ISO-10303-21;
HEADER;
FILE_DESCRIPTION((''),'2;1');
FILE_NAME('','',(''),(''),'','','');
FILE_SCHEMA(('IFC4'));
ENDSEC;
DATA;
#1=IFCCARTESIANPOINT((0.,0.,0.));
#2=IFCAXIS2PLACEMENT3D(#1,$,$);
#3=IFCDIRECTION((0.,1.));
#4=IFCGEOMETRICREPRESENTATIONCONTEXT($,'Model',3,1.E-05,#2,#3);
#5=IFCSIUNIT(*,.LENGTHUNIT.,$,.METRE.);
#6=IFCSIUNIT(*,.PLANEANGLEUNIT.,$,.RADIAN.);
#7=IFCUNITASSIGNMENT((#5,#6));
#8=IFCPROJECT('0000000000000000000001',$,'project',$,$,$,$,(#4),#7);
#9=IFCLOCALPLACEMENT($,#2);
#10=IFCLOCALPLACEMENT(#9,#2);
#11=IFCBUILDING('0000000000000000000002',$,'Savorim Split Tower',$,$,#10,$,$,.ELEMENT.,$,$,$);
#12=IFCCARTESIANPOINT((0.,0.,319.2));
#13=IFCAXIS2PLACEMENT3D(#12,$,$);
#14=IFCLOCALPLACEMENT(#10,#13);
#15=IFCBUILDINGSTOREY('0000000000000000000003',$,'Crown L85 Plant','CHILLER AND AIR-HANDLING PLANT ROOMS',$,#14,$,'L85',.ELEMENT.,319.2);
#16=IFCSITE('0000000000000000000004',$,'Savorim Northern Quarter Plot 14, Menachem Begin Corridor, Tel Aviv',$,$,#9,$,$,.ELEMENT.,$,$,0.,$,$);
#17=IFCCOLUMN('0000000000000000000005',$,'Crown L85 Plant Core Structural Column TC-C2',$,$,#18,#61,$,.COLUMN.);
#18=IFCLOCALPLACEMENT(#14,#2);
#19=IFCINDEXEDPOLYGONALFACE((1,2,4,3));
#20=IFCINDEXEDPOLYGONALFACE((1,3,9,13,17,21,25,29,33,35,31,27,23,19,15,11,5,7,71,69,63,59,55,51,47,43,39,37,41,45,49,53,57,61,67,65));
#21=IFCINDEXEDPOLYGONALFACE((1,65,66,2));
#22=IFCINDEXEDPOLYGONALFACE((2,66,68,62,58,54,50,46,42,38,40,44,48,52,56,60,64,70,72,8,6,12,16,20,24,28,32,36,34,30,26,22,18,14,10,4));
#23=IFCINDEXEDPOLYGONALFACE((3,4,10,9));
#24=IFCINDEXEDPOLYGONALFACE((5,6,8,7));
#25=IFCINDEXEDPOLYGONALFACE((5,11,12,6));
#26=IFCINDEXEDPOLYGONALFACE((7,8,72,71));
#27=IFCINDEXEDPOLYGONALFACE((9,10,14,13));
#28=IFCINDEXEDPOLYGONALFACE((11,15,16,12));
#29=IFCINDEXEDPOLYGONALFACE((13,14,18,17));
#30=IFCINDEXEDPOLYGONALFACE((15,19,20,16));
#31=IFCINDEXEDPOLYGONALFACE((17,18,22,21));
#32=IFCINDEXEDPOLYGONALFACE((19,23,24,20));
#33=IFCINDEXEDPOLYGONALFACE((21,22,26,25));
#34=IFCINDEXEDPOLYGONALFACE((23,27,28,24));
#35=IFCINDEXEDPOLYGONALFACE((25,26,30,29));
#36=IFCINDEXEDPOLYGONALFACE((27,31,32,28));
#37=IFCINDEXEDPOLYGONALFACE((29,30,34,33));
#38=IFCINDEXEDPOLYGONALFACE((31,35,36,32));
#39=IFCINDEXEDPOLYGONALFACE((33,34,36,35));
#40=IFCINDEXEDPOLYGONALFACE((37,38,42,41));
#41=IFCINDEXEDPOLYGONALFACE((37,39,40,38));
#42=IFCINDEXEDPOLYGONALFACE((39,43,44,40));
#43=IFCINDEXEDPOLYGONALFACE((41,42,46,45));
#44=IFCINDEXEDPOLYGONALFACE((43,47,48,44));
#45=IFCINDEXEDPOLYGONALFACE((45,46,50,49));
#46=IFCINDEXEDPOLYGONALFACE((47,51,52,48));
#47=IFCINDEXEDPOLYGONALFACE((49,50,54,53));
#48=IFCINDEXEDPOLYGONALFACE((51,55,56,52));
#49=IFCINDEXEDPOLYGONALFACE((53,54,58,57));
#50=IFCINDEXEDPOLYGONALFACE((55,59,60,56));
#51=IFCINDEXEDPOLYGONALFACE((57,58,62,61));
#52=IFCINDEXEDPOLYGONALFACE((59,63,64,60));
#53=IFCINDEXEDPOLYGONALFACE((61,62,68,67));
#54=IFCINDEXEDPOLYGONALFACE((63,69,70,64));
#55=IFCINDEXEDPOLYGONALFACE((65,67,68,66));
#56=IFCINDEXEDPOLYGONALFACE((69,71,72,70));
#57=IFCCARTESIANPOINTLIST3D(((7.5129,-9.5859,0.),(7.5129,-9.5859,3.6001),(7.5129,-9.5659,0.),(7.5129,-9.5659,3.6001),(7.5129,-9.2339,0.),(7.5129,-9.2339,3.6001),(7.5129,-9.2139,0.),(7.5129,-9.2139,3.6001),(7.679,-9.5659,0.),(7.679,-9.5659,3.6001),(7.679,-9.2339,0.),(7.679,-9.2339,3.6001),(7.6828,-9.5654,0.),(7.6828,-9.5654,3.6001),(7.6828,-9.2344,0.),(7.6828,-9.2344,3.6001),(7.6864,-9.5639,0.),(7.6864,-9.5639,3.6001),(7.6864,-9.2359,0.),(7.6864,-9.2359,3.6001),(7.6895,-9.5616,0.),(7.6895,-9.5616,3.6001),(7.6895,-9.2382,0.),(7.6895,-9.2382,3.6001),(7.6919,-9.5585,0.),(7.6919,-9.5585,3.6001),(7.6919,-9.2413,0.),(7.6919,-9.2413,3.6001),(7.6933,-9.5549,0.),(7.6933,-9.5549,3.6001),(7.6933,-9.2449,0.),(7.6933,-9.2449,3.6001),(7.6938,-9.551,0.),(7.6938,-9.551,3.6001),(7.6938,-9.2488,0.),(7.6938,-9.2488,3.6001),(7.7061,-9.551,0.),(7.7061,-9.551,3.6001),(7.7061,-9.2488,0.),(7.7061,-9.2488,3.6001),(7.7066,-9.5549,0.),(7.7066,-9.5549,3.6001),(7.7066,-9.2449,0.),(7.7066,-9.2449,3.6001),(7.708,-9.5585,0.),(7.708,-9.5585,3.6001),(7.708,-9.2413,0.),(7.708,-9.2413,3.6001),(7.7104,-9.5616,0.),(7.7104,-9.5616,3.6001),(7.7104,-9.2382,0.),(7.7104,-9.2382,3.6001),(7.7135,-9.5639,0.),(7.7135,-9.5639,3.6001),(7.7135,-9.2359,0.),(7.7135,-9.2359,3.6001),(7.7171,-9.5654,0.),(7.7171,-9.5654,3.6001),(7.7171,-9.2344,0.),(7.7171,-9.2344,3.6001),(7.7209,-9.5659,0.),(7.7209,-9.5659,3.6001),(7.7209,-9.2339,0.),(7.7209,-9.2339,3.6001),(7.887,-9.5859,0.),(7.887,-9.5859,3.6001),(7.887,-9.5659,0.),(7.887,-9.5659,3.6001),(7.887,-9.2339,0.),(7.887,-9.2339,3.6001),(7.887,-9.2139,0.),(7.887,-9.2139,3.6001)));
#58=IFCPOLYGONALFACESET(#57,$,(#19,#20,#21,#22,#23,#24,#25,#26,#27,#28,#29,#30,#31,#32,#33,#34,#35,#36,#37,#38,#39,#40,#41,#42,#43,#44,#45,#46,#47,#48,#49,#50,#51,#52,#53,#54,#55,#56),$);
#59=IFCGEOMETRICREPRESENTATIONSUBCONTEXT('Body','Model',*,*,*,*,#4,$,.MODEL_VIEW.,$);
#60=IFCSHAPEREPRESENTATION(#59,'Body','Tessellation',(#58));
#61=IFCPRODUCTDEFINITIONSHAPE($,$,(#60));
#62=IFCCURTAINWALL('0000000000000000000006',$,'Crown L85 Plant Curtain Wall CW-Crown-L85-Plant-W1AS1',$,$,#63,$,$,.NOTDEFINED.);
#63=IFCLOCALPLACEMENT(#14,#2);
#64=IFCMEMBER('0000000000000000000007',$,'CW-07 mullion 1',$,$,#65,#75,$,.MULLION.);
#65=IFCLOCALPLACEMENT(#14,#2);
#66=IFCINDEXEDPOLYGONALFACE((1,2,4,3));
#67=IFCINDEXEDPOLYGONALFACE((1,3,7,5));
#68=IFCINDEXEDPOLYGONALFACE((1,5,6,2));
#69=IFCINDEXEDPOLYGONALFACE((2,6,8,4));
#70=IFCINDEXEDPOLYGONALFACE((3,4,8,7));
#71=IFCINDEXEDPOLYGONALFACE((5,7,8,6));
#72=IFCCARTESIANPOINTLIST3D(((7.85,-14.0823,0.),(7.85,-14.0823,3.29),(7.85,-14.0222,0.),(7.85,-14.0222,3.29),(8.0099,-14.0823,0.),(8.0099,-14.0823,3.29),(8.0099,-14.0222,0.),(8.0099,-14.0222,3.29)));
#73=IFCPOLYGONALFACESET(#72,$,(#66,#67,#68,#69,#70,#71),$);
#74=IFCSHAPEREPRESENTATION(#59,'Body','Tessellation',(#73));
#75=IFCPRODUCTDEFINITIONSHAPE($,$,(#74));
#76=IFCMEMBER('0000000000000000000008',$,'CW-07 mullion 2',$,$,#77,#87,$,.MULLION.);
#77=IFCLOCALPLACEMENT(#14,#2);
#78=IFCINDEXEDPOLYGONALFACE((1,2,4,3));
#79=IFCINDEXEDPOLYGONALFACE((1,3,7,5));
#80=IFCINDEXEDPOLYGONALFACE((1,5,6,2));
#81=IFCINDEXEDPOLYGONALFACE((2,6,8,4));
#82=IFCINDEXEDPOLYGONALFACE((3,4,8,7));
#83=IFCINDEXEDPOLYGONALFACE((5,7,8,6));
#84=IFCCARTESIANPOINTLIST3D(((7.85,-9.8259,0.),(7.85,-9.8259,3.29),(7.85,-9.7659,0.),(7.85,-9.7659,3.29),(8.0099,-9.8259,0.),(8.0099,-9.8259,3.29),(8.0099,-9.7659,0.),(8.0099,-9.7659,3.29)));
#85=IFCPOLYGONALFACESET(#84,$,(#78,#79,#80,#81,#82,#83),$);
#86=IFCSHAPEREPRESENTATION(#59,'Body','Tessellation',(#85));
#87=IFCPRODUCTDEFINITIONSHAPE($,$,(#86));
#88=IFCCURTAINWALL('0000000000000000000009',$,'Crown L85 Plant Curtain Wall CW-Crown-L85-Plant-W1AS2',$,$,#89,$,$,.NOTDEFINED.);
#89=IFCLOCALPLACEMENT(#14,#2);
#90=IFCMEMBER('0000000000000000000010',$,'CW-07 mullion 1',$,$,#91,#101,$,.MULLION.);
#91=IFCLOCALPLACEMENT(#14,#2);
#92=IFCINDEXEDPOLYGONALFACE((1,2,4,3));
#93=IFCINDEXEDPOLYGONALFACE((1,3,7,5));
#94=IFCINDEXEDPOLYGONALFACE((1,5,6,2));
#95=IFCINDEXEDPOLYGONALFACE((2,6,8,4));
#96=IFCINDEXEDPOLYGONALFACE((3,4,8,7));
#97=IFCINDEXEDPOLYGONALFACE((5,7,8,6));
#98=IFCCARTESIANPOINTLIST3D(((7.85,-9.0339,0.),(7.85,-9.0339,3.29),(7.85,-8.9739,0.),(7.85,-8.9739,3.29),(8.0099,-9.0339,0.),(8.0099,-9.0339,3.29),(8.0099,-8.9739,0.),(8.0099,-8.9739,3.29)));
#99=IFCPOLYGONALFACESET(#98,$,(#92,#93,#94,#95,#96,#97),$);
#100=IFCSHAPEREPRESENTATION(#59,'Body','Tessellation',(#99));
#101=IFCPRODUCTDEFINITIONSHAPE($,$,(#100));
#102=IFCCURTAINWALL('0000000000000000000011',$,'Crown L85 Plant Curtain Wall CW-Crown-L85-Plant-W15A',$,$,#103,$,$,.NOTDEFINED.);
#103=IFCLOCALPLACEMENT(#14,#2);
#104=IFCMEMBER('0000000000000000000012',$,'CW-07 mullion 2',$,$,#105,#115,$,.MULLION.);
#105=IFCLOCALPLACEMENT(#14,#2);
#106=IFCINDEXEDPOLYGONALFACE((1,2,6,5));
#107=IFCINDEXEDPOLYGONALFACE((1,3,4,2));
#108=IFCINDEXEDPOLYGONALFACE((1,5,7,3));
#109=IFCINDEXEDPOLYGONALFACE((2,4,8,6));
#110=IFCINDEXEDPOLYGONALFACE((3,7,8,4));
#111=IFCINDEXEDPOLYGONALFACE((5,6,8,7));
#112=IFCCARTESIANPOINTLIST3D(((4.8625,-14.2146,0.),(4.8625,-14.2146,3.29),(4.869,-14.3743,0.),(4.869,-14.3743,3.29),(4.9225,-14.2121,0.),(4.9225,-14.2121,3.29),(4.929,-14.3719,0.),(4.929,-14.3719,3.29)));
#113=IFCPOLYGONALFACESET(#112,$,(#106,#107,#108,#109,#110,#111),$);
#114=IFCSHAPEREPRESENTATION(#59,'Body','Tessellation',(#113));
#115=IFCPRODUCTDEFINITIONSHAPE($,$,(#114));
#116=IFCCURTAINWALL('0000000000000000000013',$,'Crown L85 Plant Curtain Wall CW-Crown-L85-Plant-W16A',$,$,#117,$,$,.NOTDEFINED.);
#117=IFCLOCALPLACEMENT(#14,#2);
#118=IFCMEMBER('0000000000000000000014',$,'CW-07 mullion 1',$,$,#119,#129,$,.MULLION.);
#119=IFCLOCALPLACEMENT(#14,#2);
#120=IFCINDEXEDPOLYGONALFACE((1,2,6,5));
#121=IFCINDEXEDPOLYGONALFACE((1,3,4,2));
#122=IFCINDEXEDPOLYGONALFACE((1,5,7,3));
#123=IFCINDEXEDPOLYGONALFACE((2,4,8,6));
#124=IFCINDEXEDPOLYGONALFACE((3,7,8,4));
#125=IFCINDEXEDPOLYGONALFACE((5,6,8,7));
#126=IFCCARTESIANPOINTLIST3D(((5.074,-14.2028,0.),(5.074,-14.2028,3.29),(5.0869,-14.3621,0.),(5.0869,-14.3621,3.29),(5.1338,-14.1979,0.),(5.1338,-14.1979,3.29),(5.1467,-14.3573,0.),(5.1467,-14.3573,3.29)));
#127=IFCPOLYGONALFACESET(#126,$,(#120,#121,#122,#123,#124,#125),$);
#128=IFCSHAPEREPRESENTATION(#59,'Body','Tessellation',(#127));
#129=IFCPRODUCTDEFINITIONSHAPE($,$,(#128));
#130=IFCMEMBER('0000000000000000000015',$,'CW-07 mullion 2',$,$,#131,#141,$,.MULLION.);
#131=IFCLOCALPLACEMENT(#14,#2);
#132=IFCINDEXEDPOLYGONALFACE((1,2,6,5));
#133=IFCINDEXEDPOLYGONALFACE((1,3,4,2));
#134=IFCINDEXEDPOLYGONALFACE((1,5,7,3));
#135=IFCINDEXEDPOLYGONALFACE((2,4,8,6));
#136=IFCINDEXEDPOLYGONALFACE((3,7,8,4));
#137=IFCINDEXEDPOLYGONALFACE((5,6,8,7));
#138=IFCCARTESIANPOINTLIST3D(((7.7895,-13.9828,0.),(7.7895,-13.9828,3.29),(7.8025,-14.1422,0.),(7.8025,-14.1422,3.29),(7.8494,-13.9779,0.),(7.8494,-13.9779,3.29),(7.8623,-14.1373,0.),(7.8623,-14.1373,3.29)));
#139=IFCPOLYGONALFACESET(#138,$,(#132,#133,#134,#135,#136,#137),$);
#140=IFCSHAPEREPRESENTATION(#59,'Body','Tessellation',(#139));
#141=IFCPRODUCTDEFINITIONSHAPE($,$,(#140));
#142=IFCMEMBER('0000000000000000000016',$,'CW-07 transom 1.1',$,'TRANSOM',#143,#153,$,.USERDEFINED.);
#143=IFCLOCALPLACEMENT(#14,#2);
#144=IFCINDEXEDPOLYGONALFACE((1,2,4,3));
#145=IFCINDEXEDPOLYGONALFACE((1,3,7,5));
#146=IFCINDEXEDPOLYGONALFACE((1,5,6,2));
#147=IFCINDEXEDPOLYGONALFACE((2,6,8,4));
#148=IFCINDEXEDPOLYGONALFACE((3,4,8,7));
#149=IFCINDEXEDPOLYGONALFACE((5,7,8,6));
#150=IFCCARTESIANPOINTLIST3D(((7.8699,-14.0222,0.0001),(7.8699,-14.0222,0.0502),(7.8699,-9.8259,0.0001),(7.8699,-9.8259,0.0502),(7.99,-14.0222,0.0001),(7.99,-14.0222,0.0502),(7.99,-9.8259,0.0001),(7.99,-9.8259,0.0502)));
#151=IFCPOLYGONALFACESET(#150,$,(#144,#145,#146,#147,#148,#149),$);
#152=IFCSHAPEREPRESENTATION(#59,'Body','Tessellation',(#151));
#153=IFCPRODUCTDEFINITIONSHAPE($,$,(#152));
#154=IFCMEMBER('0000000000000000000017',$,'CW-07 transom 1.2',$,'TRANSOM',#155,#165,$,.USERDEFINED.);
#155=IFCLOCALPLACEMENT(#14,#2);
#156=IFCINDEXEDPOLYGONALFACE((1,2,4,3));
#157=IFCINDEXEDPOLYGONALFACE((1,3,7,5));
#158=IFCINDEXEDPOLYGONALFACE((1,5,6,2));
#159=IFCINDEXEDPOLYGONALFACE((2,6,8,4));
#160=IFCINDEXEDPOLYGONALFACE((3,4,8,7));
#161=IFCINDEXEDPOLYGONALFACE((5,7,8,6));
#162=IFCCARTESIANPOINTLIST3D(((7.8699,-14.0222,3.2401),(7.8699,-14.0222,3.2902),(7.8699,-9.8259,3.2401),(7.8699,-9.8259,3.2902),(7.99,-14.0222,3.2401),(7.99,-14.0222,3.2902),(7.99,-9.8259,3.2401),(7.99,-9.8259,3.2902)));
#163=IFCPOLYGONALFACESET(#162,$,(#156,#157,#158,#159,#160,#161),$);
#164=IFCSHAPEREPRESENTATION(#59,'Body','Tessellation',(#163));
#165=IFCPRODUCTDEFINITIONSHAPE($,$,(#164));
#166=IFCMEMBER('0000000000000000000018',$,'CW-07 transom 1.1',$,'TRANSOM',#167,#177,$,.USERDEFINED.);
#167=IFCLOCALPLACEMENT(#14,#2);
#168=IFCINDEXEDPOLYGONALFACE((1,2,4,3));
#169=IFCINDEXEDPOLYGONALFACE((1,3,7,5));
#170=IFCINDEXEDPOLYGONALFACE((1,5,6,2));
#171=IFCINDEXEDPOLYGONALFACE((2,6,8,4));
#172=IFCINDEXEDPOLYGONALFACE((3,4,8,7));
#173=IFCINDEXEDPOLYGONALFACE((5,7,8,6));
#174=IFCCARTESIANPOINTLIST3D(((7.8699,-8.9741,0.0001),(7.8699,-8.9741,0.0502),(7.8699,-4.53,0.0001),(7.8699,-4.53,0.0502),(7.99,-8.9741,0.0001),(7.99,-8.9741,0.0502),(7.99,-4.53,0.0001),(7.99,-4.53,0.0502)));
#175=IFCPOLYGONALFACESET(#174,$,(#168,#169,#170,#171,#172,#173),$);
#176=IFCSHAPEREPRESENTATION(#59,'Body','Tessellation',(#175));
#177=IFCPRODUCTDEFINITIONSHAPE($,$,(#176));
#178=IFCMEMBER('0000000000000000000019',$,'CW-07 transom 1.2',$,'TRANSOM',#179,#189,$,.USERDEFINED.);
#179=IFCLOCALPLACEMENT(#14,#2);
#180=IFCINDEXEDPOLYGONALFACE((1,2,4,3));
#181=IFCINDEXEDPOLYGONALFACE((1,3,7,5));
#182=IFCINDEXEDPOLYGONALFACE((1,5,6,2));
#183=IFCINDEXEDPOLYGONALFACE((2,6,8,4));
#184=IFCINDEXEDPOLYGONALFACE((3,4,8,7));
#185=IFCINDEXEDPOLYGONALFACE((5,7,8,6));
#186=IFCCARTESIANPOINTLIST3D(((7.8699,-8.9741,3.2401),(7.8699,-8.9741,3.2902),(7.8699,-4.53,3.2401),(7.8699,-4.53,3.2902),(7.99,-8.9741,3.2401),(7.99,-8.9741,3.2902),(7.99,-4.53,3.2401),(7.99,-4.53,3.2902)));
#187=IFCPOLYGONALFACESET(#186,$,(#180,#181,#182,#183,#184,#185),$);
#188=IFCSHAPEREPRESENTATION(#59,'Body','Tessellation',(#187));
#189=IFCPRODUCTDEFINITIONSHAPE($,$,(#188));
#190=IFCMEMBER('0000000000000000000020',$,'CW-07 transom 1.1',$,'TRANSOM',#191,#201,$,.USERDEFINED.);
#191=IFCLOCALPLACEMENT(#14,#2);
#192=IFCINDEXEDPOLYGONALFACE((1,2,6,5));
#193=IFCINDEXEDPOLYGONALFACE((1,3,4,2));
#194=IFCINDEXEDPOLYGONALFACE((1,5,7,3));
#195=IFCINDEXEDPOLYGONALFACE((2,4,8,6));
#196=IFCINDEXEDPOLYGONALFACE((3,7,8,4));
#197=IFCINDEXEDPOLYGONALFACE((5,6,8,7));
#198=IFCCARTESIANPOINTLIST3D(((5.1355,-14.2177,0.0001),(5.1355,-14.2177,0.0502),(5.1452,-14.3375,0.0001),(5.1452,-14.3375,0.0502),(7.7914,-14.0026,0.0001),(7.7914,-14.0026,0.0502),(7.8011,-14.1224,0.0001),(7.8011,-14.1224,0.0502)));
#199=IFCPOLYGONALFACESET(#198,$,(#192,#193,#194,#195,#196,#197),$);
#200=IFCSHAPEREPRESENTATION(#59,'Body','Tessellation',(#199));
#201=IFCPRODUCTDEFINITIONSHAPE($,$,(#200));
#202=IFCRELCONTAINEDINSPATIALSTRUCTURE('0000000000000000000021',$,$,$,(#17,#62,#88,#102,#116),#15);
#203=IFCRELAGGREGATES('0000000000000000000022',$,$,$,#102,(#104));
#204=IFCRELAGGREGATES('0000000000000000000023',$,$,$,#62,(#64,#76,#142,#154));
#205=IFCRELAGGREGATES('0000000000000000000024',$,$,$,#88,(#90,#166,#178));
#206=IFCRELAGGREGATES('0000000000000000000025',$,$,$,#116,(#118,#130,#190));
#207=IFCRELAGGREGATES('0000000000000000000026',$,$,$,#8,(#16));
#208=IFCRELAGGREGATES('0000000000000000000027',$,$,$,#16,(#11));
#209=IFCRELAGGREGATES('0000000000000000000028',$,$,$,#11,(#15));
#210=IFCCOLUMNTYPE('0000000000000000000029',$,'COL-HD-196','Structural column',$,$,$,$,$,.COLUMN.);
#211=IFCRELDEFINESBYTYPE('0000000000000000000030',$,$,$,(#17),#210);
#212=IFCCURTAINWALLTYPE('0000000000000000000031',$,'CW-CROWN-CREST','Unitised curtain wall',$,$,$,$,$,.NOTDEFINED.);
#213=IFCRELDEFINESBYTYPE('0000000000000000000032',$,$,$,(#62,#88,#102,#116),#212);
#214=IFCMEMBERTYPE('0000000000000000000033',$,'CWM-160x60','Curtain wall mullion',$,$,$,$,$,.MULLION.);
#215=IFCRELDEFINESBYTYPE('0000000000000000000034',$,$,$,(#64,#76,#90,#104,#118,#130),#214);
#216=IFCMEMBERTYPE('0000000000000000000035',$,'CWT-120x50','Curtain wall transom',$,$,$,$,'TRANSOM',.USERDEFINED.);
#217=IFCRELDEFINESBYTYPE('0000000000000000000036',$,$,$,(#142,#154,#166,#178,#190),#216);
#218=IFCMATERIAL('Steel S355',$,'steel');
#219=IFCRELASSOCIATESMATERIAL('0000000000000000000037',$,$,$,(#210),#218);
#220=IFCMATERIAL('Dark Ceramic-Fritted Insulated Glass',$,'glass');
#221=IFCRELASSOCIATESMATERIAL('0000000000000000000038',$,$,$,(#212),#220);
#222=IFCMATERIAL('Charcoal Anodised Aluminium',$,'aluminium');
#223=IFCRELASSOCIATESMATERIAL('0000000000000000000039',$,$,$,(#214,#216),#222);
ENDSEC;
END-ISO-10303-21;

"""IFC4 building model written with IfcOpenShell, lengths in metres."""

from ifc_helpers import new_model, si_unit, direction, frame, origin, origin_2d, place, context, subcontext, project, spatial, rectangle, i_section, extrude, material, material_profile, profile_set, type_object, element, aggregate, save


model = new_model("IFC4")

# Units and contexts
model_context = context("Model", 3, precision=1e-05, world=origin(), true_north=direction((0.0, 1.0)))
body_context = subcontext(model_context, "Body", "Model", "MODEL_VIEW")
ifc_project = project(units=[si_unit("LENGTHUNIT", "METRE"), si_unit("PLANEANGLEUNIT", "RADIAN")], contexts=[model_context])

# Site, building, storey
site_placement = place(None, origin())
site = spatial("IfcSite", under=ifc_project, at=site_placement, Name="Savorim Northern Quarter Plot 14, Menachem Begin Corridor, Tel Aviv", CompositionType="ELEMENT", RefElevation=0.0)
building_placement = place(site_placement, origin())
building = spatial("IfcBuilding", under=site, at=building_placement, Name="Savorim Split Tower", CompositionType="ELEMENT")
storey_placement = place(building_placement, frame((0.0, 0.0, 319.2)))
storey = spatial("IfcBuildingStorey", under=building, at=storey_placement, Name="Crown L85 Plant", Description="CHILLER AND AIR-HANDLING PLANT ROOMS", LongName="L85", CompositionType="ELEMENT", Elevation=319.2)

# Column
ifc_material_1 = material(Name="Steel S355", Category="steel")
ifc_material_profile_1 = material_profile(ifc_material_1, i_section(OverallWidth=0.374, OverallDepth=0.3721, WebThickness=0.0122, FlangeThickness=0.02, FilletRadius=0.0149, at=origin_2d()), Name="HD 360x196")
ifc_profile_set_1 = profile_set([ifc_material_profile_1], Name="Steel S355")
column_type = type_object("IfcColumnType", Name="COL-HD-196", Description="Structural column", PredefinedType="COLUMN", material=ifc_profile_set_1)
column_placement = place(storey_placement, frame((7.7, -9.3999, 0.0), z_axis=(0.0, 0.0, 1.0), x_axis=(1.0, 0.0, 0.0)))
element("IfcColumn", 1, at=column_placement, inside=storey, type_object=column_type, Name="Crown L85 Plant Core Structural Column TC-C2", PredefinedType="COLUMN", context=body_context, shape_type="SweptSolid", body=[
    extrude(i_section(OverallWidth=0.374, OverallDepth=0.3721, WebThickness=0.0122, FlangeThickness=0.02, FilletRadius=0.0149, at=origin_2d()), origin(), (0.0, 0.0, 1.0), 3.6001),
])

# Curtain wall, members
ifc_material_2 = material(Name="Dark Ceramic-Fritted Insulated Glass", Category="glass")
curtain_wall_type = type_object("IfcCurtainWallType", Name="CW-CROWN-CREST", Description="Unitised curtain wall", PredefinedType="NOTDEFINED", material=ifc_material_2)
curtain_wall_1_placement = place(storey_placement, origin())
curtain_wall_1 = element("IfcCurtainWall", 2, at=curtain_wall_1_placement, inside=storey, type_object=curtain_wall_type, Name="Crown L85 Plant Curtain Wall CW-Crown-L85-Plant-W1AS1", PredefinedType="NOTDEFINED")
ifc_material_3 = material(Name="Charcoal Anodised Aluminium", Category="aluminium")
ifc_material_profile_2 = material_profile(ifc_material_3, rectangle(XDim=0.1599, YDim=0.0601, at=origin_2d()), Name="ALU-M 160x60")
ifc_profile_set_2 = profile_set([ifc_material_profile_2], Name="Charcoal Anodised Aluminium")
member_type_1 = type_object("IfcMemberType", Name="CWM-160x60", Description="Curtain wall mullion", PredefinedType="MULLION", material=ifc_profile_set_2)
member_1_placement = place(storey_placement, frame((7.9299, -14.0522, 0.0), z_axis=(0.0, 0.0, 1.0), x_axis=(-1.0, 0.0, 0.0)))
member_1 = element("IfcMember", 3, at=member_1_placement, type_object=member_type_1, Name="CW-07 mullion 1", PredefinedType="MULLION", context=body_context, shape_type="SweptSolid", body=[
    extrude(rectangle(XDim=0.1599, YDim=0.0601, at=origin_2d()), origin(), (0.0, 0.0, 1.0), 3.29),
])
member_2_placement = place(storey_placement, frame((7.9299, -9.7959, 0.0), z_axis=(0.0, 0.0, 1.0), x_axis=(-1.0, 0.0, 0.0)))
member_2 = element("IfcMember", 4, at=member_2_placement, type_object=member_type_1, Name="CW-07 mullion 2", PredefinedType="MULLION", context=body_context, shape_type="SweptSolid", body=[
    extrude(rectangle(XDim=0.1599, YDim=0.0601, at=origin_2d()), origin(), (0.0, 0.0, 1.0), 3.29),
])

# Curtain walls, members
curtain_wall_2_placement = place(storey_placement, origin())
curtain_wall_2 = element("IfcCurtainWall", 5, at=curtain_wall_2_placement, inside=storey, type_object=curtain_wall_type, Name="Crown L85 Plant Curtain Wall CW-Crown-L85-Plant-W1AS2", PredefinedType="NOTDEFINED")
member_3_placement = place(storey_placement, frame((7.9299, -9.0039, 0.0), z_axis=(0.0, 0.0, 1.0), x_axis=(-1.0, 0.0, 0.0)))
member_3 = element("IfcMember", 6, at=member_3_placement, type_object=member_type_1, Name="CW-07 mullion 1", PredefinedType="MULLION", context=body_context, shape_type="SweptSolid", body=[
    extrude(rectangle(XDim=0.1599, YDim=0.0601, at=origin_2d()), origin(), (0.0, 0.0, 1.0), 3.29),
])
curtain_wall_3_placement = place(storey_placement, origin())
curtain_wall_3 = element("IfcCurtainWall", 7, at=curtain_wall_3_placement, inside=storey, type_object=curtain_wall_type, Name="Crown L85 Plant Curtain Wall CW-Crown-L85-Plant-W15A", PredefinedType="NOTDEFINED")
member_4_placement = place(storey_placement, frame((4.8958, -14.2932, 0.0), z_axis=(0.0, 0.0, 1.0), x_axis=(-0.040883, 0.999164, 0.0)))
member_4 = element("IfcMember", 8, at=member_4_placement, type_object=member_type_1, Name="CW-07 mullion 2", PredefinedType="MULLION", context=body_context, shape_type="SweptSolid", body=[
    extrude(rectangle(XDim=0.1599, YDim=0.0601, at=origin_2d()), origin(), (0.0, 0.0, 1.0), 3.29),
])
aggregate(curtain_wall_3, [member_4])

# Curtain wall, members
curtain_wall_4_placement = place(storey_placement, origin())
curtain_wall_4 = element("IfcCurtainWall", 9, at=curtain_wall_4_placement, inside=storey, type_object=curtain_wall_type, Name="Crown L85 Plant Curtain Wall CW-Crown-L85-Plant-W16A", PredefinedType="NOTDEFINED")
member_5_placement = place(storey_placement, frame((5.1104, -14.28, 0.0), z_axis=(0.0, 0.0, 1.0), x_axis=(-0.080769, 0.996733, 0.0)))
member_5 = element("IfcMember", 10, at=member_5_placement, type_object=member_type_1, Name="CW-07 mullion 1", PredefinedType="MULLION", context=body_context, shape_type="SweptSolid", body=[
    extrude(rectangle(XDim=0.1599, YDim=0.0601, at=origin_2d()), origin(), (0.0, 0.0, 1.0), 3.29),
])
member_6_placement = place(storey_placement, frame((7.8259, -14.0601, 0.0), z_axis=(0.0, 0.0, 1.0), x_axis=(-0.080769, 0.996733, 0.0)))
member_6 = element("IfcMember", 11, at=member_6_placement, type_object=member_type_1, Name="CW-07 mullion 2", PredefinedType="MULLION", context=body_context, shape_type="SweptSolid", body=[
    extrude(rectangle(XDim=0.1599, YDim=0.0601, at=origin_2d()), origin(), (0.0, 0.0, 1.0), 3.29),
])

# Members
ifc_material_profile_3 = material_profile(ifc_material_3, rectangle(XDim=0.1201, YDim=0.05, at=origin_2d()), Name="ALU-T 120x50")
ifc_profile_set_3 = profile_set([ifc_material_profile_3], Name="Charcoal Anodised Aluminium")
member_type_2 = type_object("IfcMemberType", Name="CWT-120x50", Description="Curtain wall transom", ElementType="TRANSOM", PredefinedType="USERDEFINED", material=ifc_profile_set_3)
member_7_placement = place(storey_placement, frame((7.9299, -14.0222, 0.0251), z_axis=(0.0, 1.0, 0.0), x_axis=(-1.0, 0.0, 0.0)))
member_7 = element("IfcMember", 12, at=member_7_placement, type_object=member_type_2, Name="CW-07 transom 1.1", ObjectType="TRANSOM", PredefinedType="USERDEFINED", context=body_context, shape_type="SweptSolid", body=[
    extrude(rectangle(XDim=0.1201, YDim=0.05, at=origin_2d()), origin(), (0.0, 0.0, 1.0), 4.1963),
])
member_8_placement = place(storey_placement, frame((7.9299, -14.0222, 3.2651), z_axis=(0.0, 1.0, 0.0), x_axis=(-1.0, 0.0, 0.0)))
member_8 = element("IfcMember", 13, at=member_8_placement, type_object=member_type_2, Name="CW-07 transom 1.2", ObjectType="TRANSOM", PredefinedType="USERDEFINED", context=body_context, shape_type="SweptSolid", body=[
    extrude(rectangle(XDim=0.1201, YDim=0.05, at=origin_2d()), origin(), (0.0, 0.0, 1.0), 4.1963),
])
member_9_placement = place(storey_placement, frame((7.9299, -8.9741, 0.0251), z_axis=(0.0, 1.0, 0.0), x_axis=(-1.0, 0.0, 0.0)))
member_9 = element("IfcMember", 14, at=member_9_placement, type_object=member_type_2, Name="CW-07 transom 1.1", ObjectType="TRANSOM", PredefinedType="USERDEFINED", context=body_context, shape_type="SweptSolid", body=[
    extrude(rectangle(XDim=0.1201, YDim=0.05, at=origin_2d()), origin(), (0.0, 0.0, 1.0), 4.4441),
])
member_10_placement = place(storey_placement, frame((7.9299, -8.9741, 3.2651), z_axis=(0.0, 1.0, 0.0), x_axis=(-1.0, 0.0, 0.0)))
member_10 = element("IfcMember", 15, at=member_10_placement, type_object=member_type_2, Name="CW-07 transom 1.2", ObjectType="TRANSOM", PredefinedType="USERDEFINED", context=body_context, shape_type="SweptSolid", body=[
    extrude(rectangle(XDim=0.1201, YDim=0.05, at=origin_2d()), origin(), (0.0, 0.0, 1.0), 4.4441),
])
member_11_placement = place(storey_placement, frame((5.1404, -14.2776, 0.0251), z_axis=(0.996736, 0.080725, 0.0), x_axis=(-0.080725, 0.996736, 0.0)))
member_11 = element("IfcMember", 16, at=member_11_placement, type_object=member_type_2, Name="CW-07 transom 1.1", ObjectType="TRANSOM", PredefinedType="USERDEFINED", context=body_context, shape_type="SweptSolid", body=[
    extrude(rectangle(XDim=0.1201, YDim=0.05, at=origin_2d()), origin(), (0.0, 0.0, 1.0), 2.6646),
])

aggregate(curtain_wall_1, [member_1, member_2, member_7, member_8])
aggregate(curtain_wall_2, [member_3, member_9, member_10])
aggregate(curtain_wall_4, [member_5, member_6, member_11])

save(model, "model.ifc")
